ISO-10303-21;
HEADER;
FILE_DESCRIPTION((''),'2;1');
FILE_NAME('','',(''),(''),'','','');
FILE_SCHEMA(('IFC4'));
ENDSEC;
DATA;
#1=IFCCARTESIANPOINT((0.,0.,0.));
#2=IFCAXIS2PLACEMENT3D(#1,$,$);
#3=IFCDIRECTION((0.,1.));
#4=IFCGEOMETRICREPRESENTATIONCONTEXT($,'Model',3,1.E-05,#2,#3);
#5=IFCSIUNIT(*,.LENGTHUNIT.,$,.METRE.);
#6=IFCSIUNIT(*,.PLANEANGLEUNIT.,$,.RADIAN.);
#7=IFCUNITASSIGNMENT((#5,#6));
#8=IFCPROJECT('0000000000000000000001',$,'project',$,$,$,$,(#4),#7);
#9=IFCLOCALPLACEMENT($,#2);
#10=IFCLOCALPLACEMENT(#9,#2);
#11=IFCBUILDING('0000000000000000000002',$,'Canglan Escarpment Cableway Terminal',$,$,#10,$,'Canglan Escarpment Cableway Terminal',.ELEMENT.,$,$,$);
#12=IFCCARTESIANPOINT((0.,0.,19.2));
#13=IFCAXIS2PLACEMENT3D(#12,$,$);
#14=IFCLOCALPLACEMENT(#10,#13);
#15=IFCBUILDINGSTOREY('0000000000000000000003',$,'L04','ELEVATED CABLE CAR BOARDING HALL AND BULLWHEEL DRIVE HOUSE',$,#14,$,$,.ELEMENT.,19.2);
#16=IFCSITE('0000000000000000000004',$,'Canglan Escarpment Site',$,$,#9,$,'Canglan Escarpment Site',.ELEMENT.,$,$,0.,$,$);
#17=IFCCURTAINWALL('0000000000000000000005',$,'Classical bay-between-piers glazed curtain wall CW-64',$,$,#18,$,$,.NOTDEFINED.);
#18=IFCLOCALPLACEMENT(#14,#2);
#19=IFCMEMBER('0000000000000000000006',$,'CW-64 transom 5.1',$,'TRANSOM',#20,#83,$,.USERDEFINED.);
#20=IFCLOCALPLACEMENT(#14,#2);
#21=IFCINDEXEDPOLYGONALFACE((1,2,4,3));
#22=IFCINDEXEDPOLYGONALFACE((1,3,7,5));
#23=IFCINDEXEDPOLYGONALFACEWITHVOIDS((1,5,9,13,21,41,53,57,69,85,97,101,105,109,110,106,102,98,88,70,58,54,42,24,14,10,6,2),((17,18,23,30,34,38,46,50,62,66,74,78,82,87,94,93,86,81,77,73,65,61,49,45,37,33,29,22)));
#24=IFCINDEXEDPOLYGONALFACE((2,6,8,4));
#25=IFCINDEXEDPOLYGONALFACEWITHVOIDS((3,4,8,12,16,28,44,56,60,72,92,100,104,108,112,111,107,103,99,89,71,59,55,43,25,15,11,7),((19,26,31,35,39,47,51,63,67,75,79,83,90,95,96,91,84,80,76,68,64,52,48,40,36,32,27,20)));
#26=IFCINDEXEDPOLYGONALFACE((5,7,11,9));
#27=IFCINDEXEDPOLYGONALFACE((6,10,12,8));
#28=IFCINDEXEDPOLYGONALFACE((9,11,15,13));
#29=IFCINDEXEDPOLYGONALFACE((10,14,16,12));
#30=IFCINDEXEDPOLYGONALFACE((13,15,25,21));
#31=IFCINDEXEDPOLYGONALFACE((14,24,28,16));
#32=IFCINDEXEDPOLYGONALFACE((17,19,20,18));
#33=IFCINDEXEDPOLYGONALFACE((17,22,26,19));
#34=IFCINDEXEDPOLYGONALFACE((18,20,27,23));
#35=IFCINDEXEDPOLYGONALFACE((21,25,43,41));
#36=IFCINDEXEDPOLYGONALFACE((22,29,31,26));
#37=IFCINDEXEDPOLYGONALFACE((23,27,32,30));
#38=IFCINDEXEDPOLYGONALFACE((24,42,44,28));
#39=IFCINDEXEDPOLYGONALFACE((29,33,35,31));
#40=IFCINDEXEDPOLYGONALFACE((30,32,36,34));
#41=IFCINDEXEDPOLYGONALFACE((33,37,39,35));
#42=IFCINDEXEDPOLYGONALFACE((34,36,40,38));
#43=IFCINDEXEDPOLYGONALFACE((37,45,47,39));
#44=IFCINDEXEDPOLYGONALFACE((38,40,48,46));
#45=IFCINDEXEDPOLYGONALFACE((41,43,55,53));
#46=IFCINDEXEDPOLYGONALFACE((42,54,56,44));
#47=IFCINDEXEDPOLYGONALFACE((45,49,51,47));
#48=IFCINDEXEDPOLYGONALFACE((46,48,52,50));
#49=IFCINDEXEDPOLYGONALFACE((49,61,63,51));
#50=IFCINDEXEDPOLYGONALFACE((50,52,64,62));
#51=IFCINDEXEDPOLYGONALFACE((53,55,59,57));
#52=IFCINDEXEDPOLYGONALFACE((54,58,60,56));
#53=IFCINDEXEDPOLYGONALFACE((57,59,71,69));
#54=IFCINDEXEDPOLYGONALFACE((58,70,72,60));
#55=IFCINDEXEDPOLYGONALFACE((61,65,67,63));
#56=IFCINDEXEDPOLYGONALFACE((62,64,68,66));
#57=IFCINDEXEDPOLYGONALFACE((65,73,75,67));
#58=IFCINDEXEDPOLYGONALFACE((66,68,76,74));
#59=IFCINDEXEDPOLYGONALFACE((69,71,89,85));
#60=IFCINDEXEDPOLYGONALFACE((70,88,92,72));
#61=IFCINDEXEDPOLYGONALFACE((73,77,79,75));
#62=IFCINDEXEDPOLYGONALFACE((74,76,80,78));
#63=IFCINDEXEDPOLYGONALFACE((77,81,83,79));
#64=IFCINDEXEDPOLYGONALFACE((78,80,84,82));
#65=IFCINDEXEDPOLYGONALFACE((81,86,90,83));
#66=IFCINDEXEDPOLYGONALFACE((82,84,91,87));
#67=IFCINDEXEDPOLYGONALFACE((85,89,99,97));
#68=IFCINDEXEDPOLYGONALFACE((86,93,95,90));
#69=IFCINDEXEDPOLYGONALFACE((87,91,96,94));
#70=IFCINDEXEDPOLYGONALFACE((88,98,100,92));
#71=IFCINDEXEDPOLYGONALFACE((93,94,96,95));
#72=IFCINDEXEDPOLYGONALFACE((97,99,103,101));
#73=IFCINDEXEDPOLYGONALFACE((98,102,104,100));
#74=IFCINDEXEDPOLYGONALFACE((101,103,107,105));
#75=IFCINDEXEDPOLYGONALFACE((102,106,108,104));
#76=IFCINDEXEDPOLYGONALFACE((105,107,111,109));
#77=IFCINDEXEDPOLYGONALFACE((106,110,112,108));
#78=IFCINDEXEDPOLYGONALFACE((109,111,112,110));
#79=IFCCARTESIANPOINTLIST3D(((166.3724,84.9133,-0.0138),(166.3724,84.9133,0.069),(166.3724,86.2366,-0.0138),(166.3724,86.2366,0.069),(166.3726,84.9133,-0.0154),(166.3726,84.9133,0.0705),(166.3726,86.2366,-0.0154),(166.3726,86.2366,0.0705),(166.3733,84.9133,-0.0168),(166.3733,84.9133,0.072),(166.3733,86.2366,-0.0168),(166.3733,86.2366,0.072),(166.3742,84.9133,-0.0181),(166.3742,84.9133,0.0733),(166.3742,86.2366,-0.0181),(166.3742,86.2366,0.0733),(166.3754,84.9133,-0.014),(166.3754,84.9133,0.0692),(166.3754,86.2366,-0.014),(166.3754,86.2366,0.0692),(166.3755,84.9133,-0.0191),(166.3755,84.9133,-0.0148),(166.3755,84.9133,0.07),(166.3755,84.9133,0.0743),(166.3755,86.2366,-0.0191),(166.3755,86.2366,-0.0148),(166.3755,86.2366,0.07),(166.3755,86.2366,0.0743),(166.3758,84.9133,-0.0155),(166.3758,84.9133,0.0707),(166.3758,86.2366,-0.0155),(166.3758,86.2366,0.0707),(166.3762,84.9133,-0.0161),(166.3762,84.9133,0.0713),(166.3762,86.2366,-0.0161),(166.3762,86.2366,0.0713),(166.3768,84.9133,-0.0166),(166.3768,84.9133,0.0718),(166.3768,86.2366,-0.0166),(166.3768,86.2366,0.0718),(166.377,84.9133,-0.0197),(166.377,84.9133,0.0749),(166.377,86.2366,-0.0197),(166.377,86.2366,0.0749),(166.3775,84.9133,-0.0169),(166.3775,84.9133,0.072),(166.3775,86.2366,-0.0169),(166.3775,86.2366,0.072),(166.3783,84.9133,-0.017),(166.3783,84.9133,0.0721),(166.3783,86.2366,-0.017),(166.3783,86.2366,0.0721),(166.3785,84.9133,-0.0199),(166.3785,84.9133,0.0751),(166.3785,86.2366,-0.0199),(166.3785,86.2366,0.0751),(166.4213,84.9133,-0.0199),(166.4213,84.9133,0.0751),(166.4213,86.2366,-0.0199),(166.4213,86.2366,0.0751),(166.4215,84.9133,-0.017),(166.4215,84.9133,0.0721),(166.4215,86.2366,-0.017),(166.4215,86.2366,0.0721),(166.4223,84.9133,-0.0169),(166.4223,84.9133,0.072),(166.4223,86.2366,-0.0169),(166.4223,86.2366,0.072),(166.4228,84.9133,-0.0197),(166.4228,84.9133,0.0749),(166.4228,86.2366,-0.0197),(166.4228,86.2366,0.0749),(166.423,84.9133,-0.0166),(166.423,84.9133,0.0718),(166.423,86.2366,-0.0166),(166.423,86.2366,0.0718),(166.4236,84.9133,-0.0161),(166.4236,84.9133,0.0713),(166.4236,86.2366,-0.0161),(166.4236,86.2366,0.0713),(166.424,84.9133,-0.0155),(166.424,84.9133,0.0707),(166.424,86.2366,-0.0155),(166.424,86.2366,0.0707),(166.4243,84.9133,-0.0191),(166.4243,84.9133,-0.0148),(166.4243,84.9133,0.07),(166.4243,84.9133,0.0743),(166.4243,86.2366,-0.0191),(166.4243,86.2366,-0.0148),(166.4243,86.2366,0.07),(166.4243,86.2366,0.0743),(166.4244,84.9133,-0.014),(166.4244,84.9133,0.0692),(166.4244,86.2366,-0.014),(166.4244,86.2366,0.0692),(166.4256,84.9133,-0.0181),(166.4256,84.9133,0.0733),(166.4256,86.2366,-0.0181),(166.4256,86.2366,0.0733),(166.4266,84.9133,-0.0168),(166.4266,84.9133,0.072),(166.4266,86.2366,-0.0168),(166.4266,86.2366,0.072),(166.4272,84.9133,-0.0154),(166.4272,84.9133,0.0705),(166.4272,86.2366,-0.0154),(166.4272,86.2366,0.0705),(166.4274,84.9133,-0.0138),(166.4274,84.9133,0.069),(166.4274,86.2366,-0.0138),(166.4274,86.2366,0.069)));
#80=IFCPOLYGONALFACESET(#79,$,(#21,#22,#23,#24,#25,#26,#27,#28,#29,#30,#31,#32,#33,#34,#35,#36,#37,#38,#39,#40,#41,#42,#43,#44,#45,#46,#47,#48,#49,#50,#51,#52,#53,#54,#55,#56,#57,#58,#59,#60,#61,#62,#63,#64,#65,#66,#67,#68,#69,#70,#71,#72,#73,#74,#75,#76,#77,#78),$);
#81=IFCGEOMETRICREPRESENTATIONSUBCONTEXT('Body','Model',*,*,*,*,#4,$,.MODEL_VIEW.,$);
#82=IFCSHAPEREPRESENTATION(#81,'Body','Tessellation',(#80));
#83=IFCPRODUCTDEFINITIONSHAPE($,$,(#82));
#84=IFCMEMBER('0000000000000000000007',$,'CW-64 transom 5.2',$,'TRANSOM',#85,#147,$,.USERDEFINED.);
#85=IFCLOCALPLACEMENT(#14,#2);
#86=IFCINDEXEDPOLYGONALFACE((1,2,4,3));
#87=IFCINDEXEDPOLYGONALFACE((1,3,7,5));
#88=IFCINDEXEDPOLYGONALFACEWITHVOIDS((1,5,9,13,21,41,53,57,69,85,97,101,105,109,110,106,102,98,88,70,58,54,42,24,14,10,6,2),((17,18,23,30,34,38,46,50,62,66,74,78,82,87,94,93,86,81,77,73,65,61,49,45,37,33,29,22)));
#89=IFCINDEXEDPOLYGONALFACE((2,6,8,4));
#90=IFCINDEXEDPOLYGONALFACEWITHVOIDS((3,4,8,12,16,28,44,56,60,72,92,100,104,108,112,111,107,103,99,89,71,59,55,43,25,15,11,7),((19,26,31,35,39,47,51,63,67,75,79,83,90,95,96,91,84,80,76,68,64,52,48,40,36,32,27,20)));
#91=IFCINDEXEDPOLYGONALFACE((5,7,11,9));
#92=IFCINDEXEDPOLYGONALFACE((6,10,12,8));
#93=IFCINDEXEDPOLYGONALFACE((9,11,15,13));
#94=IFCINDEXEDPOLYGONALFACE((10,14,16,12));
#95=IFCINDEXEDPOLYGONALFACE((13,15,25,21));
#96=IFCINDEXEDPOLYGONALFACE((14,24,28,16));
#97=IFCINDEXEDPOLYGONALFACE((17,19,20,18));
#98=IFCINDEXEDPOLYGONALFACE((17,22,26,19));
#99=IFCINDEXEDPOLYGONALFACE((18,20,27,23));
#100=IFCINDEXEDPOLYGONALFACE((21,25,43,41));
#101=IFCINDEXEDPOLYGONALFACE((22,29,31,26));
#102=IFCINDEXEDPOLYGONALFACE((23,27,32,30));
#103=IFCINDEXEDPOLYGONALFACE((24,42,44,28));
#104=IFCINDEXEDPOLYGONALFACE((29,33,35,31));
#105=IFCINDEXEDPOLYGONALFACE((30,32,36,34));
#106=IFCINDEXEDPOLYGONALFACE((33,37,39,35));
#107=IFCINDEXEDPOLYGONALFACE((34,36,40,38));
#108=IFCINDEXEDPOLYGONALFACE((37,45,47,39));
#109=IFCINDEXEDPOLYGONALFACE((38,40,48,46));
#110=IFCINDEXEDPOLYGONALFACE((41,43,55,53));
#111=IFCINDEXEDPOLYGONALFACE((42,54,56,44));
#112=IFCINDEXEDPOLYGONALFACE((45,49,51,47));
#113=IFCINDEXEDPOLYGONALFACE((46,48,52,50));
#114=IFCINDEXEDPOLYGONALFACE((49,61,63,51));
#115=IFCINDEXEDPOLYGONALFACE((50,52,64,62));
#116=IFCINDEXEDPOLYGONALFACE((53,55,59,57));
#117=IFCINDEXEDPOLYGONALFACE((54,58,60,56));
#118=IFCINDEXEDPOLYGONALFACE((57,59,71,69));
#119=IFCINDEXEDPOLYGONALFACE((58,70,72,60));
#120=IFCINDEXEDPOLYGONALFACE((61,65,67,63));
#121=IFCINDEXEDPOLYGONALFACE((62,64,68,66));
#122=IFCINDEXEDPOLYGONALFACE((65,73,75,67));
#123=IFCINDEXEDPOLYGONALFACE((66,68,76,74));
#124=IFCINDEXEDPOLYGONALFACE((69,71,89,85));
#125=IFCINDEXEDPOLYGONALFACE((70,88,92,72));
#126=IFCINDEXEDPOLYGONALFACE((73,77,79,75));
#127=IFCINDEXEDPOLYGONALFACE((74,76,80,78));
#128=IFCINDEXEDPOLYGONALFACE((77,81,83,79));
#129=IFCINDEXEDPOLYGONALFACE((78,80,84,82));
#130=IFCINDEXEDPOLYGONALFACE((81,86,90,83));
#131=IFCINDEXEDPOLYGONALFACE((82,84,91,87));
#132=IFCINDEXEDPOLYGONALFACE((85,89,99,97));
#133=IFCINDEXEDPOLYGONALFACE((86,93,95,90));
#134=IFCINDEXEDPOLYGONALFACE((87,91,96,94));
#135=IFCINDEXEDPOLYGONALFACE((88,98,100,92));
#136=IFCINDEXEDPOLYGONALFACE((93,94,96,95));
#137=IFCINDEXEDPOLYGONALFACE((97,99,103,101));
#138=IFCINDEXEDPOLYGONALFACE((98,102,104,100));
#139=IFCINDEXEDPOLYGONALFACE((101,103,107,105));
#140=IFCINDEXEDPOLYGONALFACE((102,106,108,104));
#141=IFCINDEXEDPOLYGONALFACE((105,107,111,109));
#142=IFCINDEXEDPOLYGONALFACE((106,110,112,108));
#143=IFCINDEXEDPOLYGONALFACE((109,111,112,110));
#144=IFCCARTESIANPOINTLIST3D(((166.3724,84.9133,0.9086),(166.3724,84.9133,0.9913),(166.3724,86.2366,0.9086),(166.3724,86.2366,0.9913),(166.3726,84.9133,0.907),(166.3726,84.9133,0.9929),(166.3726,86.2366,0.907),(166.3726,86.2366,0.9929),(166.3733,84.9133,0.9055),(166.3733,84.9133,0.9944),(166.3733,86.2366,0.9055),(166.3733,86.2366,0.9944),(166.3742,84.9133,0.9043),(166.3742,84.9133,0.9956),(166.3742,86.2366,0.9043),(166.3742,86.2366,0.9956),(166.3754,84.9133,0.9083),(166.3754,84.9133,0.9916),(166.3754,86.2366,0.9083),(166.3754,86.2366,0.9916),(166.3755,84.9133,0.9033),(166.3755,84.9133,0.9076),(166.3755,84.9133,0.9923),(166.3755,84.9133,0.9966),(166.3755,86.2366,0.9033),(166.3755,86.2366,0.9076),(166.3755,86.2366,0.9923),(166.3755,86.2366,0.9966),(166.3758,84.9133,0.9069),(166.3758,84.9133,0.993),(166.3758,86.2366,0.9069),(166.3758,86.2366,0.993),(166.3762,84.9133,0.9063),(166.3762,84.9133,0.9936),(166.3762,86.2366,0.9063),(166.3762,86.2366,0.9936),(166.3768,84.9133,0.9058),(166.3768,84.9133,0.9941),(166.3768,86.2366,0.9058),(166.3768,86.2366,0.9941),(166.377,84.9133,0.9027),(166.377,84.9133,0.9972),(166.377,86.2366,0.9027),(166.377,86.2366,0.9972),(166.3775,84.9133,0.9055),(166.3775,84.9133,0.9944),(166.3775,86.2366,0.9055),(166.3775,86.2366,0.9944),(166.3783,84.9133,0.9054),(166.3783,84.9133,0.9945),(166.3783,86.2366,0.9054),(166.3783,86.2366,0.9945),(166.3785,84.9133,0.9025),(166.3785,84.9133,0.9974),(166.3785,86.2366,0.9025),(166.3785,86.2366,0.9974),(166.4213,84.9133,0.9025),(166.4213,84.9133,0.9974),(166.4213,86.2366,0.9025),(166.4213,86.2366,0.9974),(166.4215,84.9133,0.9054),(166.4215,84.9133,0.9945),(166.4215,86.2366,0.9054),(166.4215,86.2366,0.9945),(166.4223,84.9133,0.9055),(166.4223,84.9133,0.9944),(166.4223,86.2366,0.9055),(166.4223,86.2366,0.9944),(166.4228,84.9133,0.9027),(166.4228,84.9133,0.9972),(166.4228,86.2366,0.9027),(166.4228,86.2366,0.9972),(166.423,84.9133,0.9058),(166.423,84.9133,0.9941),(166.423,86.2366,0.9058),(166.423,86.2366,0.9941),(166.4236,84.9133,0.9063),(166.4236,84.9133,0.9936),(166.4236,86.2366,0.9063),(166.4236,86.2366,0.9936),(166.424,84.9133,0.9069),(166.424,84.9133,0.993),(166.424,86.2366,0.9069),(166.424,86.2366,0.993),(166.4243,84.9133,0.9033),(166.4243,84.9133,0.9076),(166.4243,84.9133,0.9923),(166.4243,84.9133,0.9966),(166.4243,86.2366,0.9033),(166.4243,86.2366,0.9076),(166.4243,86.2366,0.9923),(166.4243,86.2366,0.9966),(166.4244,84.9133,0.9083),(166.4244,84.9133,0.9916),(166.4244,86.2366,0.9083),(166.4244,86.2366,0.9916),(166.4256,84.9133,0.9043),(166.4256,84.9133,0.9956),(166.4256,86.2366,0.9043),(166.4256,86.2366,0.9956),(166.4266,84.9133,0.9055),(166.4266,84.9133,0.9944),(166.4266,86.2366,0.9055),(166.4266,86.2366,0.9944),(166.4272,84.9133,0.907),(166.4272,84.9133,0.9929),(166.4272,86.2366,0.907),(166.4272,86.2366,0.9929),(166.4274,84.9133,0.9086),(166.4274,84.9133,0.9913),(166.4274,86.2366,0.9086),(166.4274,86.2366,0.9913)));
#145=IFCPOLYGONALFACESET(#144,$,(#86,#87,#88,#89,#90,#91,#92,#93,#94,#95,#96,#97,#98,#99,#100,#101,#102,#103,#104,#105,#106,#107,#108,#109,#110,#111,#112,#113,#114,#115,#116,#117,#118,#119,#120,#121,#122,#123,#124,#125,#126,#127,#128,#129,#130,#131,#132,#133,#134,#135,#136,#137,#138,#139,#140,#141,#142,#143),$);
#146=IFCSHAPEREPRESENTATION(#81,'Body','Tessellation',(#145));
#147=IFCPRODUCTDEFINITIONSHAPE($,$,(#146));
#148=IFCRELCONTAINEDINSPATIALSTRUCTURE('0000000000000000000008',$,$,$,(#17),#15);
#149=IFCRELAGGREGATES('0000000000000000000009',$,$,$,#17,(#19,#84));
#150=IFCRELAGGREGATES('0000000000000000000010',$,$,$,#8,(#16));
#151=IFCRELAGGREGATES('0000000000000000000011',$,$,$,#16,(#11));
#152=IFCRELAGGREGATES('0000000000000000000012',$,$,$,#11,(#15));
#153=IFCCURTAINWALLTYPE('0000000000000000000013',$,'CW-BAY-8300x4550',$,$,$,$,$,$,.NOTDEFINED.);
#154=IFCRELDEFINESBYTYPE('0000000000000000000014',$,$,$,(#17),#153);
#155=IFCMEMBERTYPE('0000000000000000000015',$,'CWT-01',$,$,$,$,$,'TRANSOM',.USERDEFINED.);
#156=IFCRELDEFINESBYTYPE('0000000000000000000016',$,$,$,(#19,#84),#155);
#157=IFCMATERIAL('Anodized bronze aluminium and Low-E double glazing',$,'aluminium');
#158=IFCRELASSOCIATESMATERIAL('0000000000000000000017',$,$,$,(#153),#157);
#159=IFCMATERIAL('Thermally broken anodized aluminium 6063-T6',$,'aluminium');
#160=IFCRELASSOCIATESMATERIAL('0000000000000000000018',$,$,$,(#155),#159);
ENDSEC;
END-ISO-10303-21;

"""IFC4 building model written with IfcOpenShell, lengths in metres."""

from ifc_helpers import new_model, si_unit, direction, frame, origin, origin_2d, place, context, subcontext, project, spatial, hollow_rectangle, extrude, material, material_profile, profile_set, type_object, element, aggregate, save


model = new_model("IFC4")

# Units and contexts
model_context = context("Model", 3, precision=1e-05, world=origin(), true_north=direction((0.0, 1.0)))
body_context = subcontext(model_context, "Body", "Model", "MODEL_VIEW")
ifc_project = project(units=[si_unit("LENGTHUNIT", "METRE"), si_unit("PLANEANGLEUNIT", "RADIAN")], contexts=[model_context])

# Site, building, storey
site_placement = place(None, origin())
site = spatial("IfcSite", under=ifc_project, at=site_placement, Name="Canglan Escarpment Site", LongName="Canglan Escarpment Site", CompositionType="ELEMENT", RefElevation=0.0)
building_placement = place(site_placement, origin())
building = spatial("IfcBuilding", under=site, at=building_placement, Name="Canglan Escarpment Cableway Terminal", LongName="Canglan Escarpment Cableway Terminal", CompositionType="ELEMENT")
storey_placement = place(building_placement, frame((0.0, 0.0, 19.2)))
storey = spatial("IfcBuildingStorey", under=building, at=storey_placement, Name="L04", Description="ELEVATED CABLE CAR BOARDING HALL AND BULLWHEEL DRIVE HOUSE", CompositionType="ELEMENT", Elevation=19.2)

# Curtain wall, members
ifc_material_1 = material(Name="Anodized bronze aluminium and Low-E double glazing", Category="aluminium")
curtain_wall_type = type_object("IfcCurtainWallType", Name="CW-BAY-8300x4550", PredefinedType="NOTDEFINED", material=ifc_material_1)
curtain_wall_placement = place(storey_placement, origin())
curtain_wall = element("IfcCurtainWall", 1, at=curtain_wall_placement, inside=storey, type_object=curtain_wall_type, Name="Classical bay-between-piers glazed curtain wall CW-64", PredefinedType="NOTDEFINED")
ifc_material_2 = material(Name="Thermally broken anodized aluminium 6063-T6", Category="aluminium")
ifc_material_profile_1 = material_profile(ifc_material_2, hollow_rectangle(XDim=0.0549, YDim=0.095, WallThickness=0.0029, InnerFilletRadius=0.0029, OuterFilletRadius=0.0061, at=origin_2d()), Name="ALU-TRAN 55x95x3")
ifc_profile_set_1 = profile_set([ifc_material_profile_1], Name="Thermally broken anodized aluminium 6063-T6")
member_type_1 = type_object("IfcMemberType", Name="CWT-01", ElementType="TRANSOM", PredefinedType="USERDEFINED", material=ifc_profile_set_1)
member_1_placement = place(storey_placement, frame((166.3999, 84.9133, 0.0276), z_axis=(0.0, 1.0, 0.0), x_axis=(-1.0, 0.0, 0.0)))
member_1 = element("IfcMember", 2, at=member_1_placement, type_object=member_type_1, Name="CW-64 transom 5.1", ObjectType="TRANSOM", PredefinedType="USERDEFINED", context=body_context, shape_type="SweptSolid", body=[
    extrude(hollow_rectangle(XDim=0.0549, YDim=0.095, WallThickness=0.0029, InnerFilletRadius=0.0029, OuterFilletRadius=0.0061, at=origin_2d()), origin(), (0.0, 0.0, 1.0), 1.3232),
])
member_2_placement = place(storey_placement, frame((166.3999, 84.9133, 0.95), z_axis=(0.0, 1.0, 0.0), x_axis=(-1.0, 0.0, 0.0)))
member_2 = element("IfcMember", 3, at=member_2_placement, type_object=member_type_1, Name="CW-64 transom 5.2", ObjectType="TRANSOM", PredefinedType="USERDEFINED", context=body_context, shape_type="SweptSolid", body=[
    extrude(hollow_rectangle(XDim=0.0549, YDim=0.095, WallThickness=0.0029, InnerFilletRadius=0.0029, OuterFilletRadius=0.0061, at=origin_2d()), origin(), (0.0, 0.0, 1.0), 1.3232),
])
aggregate(curtain_wall, [member_1, member_2])

save(model, "model.ifc")
